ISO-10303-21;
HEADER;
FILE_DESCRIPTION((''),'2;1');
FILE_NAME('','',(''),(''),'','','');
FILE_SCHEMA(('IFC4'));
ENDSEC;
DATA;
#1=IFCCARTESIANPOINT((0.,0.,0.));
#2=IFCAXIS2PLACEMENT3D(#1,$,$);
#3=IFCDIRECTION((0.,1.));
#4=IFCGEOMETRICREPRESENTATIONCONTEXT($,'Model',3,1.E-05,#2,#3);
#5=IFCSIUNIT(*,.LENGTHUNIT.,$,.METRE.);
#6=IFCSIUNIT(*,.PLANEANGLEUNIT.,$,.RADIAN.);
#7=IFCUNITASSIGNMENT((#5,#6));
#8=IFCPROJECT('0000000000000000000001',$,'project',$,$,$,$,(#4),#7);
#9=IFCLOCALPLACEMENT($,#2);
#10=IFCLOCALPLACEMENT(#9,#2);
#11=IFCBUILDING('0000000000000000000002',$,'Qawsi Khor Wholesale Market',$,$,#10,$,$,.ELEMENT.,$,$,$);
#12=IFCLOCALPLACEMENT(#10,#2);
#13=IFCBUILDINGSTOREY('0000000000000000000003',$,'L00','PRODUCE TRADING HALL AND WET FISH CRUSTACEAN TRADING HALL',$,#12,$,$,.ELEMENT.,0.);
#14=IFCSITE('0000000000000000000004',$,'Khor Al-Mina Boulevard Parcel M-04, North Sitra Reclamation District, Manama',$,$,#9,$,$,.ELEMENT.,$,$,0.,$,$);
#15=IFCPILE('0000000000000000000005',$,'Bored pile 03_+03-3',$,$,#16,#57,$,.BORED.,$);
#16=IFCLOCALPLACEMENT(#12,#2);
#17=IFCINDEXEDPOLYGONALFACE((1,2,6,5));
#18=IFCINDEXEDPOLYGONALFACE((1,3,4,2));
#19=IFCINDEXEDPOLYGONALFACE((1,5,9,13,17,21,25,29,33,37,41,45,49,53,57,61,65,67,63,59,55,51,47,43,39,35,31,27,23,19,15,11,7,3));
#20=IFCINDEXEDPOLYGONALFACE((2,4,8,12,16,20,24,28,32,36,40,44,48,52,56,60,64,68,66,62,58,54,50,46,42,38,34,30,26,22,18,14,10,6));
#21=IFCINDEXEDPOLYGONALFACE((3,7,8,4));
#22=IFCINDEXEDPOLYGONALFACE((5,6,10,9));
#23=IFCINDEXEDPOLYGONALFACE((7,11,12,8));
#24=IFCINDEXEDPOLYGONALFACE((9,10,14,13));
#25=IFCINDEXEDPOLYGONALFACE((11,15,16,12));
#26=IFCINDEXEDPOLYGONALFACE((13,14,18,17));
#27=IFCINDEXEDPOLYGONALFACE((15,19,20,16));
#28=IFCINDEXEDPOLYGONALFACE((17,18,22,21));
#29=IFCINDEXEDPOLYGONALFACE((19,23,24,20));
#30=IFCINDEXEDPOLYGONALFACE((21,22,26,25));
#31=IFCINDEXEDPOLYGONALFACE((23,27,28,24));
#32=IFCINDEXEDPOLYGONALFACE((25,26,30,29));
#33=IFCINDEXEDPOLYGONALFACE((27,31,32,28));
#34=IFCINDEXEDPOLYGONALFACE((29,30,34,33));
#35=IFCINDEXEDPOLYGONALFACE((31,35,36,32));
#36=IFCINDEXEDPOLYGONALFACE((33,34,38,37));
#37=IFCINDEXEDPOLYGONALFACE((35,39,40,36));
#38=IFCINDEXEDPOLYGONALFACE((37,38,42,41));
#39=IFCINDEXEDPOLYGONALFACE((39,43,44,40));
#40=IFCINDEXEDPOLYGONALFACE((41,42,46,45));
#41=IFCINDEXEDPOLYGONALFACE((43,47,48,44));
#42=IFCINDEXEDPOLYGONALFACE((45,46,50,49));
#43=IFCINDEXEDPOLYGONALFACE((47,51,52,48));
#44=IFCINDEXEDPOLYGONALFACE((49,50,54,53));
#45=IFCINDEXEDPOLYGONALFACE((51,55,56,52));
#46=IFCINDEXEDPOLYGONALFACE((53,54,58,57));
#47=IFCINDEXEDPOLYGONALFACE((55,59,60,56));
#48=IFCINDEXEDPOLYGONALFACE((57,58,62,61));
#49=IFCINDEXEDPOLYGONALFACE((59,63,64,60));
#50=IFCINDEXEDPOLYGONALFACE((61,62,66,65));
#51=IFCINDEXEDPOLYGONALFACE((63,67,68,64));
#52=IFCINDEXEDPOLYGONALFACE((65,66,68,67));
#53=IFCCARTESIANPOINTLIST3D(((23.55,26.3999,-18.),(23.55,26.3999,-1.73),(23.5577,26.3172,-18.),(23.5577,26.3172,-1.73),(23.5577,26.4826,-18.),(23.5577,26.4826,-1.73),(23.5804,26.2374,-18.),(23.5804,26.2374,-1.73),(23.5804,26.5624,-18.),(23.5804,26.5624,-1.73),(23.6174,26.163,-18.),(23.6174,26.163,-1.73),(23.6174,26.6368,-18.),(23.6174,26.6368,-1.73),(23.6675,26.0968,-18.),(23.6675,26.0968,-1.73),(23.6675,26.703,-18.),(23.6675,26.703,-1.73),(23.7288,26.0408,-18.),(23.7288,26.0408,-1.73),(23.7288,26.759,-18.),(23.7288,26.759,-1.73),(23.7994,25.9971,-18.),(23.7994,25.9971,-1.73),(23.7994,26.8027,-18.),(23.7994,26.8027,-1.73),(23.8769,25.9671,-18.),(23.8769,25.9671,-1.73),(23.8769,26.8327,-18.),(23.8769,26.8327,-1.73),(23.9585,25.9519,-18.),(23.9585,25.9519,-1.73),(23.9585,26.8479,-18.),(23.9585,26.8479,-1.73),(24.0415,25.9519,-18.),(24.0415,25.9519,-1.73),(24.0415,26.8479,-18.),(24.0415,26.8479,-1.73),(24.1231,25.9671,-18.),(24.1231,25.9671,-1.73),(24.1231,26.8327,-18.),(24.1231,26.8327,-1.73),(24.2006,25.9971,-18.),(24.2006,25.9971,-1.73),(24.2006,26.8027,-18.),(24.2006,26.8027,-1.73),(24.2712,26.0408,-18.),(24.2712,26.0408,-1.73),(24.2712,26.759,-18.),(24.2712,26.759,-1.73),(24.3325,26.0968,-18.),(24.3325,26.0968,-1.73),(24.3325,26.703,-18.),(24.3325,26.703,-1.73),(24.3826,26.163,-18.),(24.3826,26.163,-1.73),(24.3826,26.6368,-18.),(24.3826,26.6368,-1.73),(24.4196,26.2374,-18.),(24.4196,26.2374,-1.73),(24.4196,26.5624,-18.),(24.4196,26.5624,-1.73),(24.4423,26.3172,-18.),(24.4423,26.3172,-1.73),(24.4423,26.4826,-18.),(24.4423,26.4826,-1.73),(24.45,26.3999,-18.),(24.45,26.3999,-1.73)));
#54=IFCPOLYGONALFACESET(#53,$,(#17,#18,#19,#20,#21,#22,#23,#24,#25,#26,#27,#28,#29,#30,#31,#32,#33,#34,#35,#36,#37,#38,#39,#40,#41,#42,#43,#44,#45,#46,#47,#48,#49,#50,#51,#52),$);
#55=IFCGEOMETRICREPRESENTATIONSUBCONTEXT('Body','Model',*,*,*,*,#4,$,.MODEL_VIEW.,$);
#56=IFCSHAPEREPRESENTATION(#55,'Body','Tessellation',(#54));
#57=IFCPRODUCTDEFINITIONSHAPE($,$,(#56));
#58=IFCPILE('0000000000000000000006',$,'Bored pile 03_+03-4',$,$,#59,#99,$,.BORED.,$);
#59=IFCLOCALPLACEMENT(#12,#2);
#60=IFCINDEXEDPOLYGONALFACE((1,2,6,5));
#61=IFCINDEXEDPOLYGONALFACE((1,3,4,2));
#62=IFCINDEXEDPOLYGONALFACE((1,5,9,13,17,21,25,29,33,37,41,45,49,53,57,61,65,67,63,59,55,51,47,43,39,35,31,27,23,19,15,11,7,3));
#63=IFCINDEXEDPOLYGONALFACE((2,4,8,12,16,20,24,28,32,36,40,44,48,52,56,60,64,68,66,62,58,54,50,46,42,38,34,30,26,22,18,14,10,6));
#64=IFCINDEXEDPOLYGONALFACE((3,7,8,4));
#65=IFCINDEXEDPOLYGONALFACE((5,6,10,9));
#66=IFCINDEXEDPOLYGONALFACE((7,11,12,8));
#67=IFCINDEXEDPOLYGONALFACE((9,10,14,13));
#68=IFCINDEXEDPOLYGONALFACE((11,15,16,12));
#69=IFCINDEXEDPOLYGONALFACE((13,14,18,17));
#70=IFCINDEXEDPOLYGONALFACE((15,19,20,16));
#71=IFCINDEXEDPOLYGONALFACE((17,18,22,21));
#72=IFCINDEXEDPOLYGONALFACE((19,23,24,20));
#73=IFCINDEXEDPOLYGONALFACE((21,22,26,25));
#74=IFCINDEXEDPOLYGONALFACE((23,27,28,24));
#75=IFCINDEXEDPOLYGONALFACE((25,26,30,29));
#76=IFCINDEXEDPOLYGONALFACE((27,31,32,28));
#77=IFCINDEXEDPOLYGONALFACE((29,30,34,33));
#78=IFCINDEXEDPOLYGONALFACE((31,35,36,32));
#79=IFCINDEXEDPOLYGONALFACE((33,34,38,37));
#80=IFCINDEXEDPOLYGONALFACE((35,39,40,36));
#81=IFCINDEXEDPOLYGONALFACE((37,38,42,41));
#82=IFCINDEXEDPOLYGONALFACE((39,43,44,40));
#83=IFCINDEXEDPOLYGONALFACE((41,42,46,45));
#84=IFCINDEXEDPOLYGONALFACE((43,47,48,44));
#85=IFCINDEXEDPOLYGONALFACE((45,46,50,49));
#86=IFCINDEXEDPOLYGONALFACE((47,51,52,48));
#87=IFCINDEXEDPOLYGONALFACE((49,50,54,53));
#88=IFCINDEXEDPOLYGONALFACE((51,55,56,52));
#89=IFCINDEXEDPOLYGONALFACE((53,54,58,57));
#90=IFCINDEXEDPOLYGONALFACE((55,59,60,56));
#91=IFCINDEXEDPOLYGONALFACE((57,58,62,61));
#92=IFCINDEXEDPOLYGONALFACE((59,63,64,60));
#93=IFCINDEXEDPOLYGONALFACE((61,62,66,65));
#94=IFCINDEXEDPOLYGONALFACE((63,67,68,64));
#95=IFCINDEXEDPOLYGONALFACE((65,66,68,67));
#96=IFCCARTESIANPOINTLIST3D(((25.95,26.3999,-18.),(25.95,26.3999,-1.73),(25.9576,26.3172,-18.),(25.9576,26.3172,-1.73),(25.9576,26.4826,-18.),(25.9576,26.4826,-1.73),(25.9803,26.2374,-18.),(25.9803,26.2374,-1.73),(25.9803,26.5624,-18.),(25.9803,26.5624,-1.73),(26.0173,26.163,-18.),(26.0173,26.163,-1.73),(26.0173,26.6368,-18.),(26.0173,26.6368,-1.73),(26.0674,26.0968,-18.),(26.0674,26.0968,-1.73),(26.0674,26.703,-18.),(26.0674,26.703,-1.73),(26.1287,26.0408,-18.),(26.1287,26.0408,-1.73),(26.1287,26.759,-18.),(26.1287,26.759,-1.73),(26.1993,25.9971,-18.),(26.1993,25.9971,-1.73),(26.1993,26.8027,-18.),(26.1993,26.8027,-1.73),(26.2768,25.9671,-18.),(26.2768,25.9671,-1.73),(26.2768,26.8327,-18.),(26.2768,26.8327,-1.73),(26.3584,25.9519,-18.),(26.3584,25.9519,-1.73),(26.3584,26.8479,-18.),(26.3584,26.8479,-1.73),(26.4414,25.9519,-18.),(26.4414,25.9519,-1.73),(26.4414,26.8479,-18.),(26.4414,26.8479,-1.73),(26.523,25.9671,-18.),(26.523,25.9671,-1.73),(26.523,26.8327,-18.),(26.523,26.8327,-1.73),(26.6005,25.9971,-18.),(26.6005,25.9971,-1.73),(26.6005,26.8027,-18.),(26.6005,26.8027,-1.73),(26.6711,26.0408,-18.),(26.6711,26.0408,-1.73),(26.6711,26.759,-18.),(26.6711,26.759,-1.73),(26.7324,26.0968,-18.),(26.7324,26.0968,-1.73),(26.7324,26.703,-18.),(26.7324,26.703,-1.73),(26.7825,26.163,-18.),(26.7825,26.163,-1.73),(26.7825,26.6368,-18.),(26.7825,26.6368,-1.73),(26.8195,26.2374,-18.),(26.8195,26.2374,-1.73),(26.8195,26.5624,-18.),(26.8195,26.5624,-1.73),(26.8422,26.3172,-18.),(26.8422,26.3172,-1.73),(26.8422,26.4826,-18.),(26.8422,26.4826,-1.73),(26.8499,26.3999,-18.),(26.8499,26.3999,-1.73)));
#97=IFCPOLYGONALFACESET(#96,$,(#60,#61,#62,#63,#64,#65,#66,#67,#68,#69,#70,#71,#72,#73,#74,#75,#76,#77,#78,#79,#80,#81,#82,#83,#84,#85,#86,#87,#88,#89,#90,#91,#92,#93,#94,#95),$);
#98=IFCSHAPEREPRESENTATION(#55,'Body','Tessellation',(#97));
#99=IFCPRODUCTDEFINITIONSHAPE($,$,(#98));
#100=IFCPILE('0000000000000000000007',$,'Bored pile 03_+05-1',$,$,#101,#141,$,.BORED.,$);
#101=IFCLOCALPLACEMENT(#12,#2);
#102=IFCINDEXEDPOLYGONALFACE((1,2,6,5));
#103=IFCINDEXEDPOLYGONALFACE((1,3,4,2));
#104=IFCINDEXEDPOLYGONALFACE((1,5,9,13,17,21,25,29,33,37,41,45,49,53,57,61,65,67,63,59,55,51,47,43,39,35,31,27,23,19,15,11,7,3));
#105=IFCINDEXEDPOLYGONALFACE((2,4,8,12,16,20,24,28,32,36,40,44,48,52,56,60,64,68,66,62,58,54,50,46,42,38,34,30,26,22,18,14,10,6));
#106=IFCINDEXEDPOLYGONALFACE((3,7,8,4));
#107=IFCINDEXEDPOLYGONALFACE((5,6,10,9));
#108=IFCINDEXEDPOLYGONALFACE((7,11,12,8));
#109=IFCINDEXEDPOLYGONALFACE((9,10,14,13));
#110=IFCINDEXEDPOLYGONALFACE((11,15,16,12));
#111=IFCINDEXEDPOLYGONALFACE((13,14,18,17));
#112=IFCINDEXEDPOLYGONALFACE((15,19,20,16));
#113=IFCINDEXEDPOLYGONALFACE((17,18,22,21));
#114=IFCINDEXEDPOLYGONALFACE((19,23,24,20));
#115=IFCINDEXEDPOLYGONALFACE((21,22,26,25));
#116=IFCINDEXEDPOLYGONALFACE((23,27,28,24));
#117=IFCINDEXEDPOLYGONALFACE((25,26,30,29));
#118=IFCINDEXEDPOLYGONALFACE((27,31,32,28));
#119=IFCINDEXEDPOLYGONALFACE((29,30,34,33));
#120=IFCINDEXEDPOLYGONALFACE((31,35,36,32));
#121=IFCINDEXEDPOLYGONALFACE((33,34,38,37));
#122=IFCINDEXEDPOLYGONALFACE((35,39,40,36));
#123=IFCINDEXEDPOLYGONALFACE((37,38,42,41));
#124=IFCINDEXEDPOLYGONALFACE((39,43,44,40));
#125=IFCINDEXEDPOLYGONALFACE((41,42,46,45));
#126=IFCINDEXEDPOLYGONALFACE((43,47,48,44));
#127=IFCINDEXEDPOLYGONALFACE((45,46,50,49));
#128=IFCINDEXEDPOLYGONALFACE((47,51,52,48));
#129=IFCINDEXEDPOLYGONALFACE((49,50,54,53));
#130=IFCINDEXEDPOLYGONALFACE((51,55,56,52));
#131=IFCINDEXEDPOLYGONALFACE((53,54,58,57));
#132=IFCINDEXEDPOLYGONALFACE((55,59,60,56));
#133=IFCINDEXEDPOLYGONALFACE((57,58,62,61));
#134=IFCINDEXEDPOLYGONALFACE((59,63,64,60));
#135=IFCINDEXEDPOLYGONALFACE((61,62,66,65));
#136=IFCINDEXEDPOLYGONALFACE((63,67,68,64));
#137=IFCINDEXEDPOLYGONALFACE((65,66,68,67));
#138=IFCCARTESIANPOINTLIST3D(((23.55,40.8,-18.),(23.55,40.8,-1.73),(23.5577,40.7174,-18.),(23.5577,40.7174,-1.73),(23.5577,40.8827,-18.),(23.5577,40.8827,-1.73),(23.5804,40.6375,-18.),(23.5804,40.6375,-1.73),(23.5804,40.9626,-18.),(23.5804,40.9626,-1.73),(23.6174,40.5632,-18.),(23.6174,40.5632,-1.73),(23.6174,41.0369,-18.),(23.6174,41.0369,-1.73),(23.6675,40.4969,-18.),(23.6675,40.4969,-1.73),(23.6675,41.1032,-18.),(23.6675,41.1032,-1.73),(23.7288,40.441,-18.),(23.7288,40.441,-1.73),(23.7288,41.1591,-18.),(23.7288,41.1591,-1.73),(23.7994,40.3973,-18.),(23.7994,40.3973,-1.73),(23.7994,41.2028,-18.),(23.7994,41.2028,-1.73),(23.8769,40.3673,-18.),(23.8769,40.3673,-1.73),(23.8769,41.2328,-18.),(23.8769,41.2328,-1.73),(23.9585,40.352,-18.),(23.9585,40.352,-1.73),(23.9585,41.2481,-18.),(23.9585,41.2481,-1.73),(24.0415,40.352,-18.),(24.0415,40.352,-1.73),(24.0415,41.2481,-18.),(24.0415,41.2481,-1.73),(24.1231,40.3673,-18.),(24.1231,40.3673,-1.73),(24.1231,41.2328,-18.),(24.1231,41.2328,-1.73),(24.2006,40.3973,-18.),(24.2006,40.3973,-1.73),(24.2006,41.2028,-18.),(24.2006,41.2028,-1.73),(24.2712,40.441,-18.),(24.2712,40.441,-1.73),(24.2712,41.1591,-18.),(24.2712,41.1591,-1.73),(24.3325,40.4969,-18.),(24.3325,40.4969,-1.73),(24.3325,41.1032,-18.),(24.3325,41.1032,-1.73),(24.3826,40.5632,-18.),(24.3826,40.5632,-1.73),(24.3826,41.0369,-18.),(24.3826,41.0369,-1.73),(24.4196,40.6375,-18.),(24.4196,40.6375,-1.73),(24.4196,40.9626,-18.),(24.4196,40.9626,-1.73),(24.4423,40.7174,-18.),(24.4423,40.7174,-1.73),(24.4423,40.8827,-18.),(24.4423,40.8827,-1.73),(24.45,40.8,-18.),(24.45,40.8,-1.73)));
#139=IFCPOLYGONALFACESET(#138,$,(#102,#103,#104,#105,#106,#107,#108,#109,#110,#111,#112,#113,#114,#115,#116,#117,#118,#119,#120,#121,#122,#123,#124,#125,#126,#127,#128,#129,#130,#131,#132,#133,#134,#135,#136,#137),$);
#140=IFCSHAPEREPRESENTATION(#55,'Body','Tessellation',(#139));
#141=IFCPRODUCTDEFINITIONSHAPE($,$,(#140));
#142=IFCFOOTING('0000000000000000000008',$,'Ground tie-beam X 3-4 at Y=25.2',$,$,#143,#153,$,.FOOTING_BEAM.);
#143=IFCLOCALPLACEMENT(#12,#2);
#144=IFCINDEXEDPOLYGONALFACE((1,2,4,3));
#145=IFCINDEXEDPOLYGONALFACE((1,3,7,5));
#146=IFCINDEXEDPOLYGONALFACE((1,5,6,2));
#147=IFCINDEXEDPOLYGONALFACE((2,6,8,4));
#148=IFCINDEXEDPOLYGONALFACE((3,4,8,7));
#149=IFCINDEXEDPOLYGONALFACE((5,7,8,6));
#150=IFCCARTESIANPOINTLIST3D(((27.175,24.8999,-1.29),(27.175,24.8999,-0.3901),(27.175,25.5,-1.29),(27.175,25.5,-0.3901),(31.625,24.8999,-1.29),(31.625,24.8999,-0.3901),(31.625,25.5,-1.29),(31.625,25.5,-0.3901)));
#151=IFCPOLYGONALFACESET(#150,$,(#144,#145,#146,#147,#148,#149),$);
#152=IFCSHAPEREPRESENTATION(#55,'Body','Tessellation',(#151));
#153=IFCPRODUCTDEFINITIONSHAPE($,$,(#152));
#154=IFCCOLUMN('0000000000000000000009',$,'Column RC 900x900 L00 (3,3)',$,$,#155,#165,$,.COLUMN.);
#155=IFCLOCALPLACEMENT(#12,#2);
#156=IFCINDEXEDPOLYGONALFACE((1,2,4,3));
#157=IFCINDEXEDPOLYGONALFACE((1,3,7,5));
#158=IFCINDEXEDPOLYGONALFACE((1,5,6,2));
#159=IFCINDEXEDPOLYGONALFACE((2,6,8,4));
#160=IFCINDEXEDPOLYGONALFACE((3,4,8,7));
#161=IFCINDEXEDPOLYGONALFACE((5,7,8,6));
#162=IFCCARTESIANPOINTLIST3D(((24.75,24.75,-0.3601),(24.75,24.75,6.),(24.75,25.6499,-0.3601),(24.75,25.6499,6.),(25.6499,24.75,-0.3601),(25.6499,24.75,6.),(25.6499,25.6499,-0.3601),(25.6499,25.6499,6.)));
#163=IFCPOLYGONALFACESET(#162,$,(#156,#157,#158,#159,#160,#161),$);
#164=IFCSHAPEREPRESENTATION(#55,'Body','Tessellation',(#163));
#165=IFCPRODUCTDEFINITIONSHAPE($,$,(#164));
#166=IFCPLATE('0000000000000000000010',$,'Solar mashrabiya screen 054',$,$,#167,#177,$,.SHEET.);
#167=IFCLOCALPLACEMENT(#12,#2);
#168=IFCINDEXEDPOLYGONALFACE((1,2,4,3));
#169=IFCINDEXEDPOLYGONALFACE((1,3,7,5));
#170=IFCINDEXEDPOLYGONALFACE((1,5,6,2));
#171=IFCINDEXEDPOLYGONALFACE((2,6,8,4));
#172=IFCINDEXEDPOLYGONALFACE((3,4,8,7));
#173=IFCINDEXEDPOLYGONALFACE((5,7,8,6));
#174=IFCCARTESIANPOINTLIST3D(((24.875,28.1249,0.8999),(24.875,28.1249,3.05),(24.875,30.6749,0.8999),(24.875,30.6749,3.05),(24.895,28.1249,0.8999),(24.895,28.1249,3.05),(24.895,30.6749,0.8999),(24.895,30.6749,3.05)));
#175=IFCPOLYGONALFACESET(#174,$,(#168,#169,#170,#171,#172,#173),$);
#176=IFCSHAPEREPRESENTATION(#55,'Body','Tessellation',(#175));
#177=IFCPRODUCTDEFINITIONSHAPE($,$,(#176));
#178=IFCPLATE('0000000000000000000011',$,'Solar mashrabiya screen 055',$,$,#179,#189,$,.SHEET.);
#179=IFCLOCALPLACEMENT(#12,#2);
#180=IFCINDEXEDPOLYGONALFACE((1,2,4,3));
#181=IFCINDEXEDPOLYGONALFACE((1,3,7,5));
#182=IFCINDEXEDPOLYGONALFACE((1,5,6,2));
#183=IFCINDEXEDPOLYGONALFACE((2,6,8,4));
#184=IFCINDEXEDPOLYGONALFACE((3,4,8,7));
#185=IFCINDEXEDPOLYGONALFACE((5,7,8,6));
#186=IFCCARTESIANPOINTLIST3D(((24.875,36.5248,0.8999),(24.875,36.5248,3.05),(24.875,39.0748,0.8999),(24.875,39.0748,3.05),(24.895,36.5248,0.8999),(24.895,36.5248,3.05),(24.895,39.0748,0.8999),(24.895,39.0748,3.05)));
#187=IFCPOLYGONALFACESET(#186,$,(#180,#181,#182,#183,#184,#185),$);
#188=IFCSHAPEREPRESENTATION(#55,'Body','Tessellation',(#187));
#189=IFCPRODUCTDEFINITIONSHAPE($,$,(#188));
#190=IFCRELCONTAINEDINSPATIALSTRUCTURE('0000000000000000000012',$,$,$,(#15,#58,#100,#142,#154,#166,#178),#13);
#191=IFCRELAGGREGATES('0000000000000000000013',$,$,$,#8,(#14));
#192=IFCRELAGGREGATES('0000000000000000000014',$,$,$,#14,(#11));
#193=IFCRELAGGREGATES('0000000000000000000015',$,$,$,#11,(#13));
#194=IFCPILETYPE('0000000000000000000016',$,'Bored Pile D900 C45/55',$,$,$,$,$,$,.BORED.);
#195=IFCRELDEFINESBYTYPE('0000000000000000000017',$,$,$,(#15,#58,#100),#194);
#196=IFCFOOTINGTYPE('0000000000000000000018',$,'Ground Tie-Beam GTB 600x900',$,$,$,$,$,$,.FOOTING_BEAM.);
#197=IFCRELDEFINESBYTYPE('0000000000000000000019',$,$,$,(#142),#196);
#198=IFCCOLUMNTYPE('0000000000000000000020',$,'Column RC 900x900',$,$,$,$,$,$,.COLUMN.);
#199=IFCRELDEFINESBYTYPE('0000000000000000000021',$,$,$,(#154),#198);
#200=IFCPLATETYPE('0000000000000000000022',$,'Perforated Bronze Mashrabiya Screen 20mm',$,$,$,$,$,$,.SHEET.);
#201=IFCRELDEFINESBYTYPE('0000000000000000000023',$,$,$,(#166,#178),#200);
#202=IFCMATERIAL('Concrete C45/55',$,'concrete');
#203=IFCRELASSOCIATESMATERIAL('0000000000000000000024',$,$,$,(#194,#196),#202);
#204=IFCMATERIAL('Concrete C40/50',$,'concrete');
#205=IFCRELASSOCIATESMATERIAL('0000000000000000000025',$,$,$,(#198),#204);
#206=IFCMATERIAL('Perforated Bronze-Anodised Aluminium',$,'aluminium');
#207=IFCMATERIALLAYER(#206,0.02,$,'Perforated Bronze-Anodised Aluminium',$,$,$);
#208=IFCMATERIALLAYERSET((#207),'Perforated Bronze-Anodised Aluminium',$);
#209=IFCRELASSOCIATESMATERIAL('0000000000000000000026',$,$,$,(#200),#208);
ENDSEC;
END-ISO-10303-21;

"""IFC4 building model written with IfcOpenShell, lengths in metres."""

from ifc_helpers import new_model, si_unit, direction, frame, frame_2d, origin, origin_2d, place, context, subcontext, project, spatial, rectangle, circle, extrude, material, layer, layer_set, material_profile, profile_set, type_object, element, save


model = new_model("IFC4")

# Units and contexts
model_context = context("Model", 3, precision=1e-05, world=origin(), true_north=direction((0.0, 1.0)))
body_context = subcontext(model_context, "Body", "Model", "MODEL_VIEW")
ifc_project = project(units=[si_unit("LENGTHUNIT", "METRE"), si_unit("PLANEANGLEUNIT", "RADIAN")], contexts=[model_context])

# Site, building, storey
site_placement = place(None, origin())
site = spatial("IfcSite", under=ifc_project, at=site_placement, Name="Khor Al-Mina Boulevard Parcel M-04, North Sitra Reclamation District, Manama", CompositionType="ELEMENT", RefElevation=0.0)
building_placement = place(site_placement, origin())
building = spatial("IfcBuilding", under=site, at=building_placement, Name="Qawsi Khor Wholesale Market", CompositionType="ELEMENT")
storey_placement = place(building_placement, origin())
storey = spatial("IfcBuildingStorey", under=building, at=storey_placement, Name="L00", Description="PRODUCE TRADING HALL AND WET FISH CRUSTACEAN TRADING HALL", CompositionType="ELEMENT", Elevation=0.0)

# Piles
ifc_material_1 = material(Name="Concrete C45/55", Category="concrete")
ifc_material_profile_1 = material_profile(ifc_material_1, circle(Radius=0.45, at=origin_2d()), Name="PILE D900")
ifc_profile_set_1 = profile_set([ifc_material_profile_1], Name="Concrete C45/55")
pile_type = type_object("IfcPileType", Name="Bored Pile D900 C45/55", PredefinedType="BORED", material=ifc_profile_set_1)
for number, where, z_axis, x_axis, name in (
    (1, (24.0, 26.3999, -1.73), (0.0, 0.0, -1.0), (1.0, 0.0, 0.0), "Bored pile 03_+03-3"),
    (2, (26.3999, 26.3999, -1.73), (0.0, 0.0, -1.0), (1.0, 0.0, 0.0), "Bored pile 03_+03-4"),
    (3, (24.0, 40.8, -1.73), (0.0, 0.0, -1.0), (1.0, 0.0, 0.0), "Bored pile 03_+05-1"),
):
    element("IfcPile", number, at=place(storey_placement, frame(where, z_axis=z_axis, x_axis=x_axis)), inside=storey, type_object=pile_type, Name=name, PredefinedType="BORED", context=body_context, shape_type="SweptSolid", body=[
        extrude(circle(Radius=0.45, at=origin_2d()), origin(), (0.0, 0.0, 1.0), 16.27),
    ])

# Footing
ifc_material_profile_2 = material_profile(ifc_material_1, rectangle(XDim=0.6001, YDim=0.8999, at=origin_2d()), Name="RC 600x900")
ifc_profile_set_2 = profile_set([ifc_material_profile_2], Name="Concrete C45/55")
footing_type = type_object("IfcFootingType", Name="Ground Tie-Beam GTB 600x900", PredefinedType="FOOTING_BEAM", material=ifc_profile_set_2)
footing_placement = place(storey_placement, frame((27.175, 25.2, -0.8401), z_axis=(1.0, 0.0, 0.0), x_axis=(0.0, 1.0, 0.0)))
element("IfcFooting", 4, at=footing_placement, inside=storey, type_object=footing_type, Name="Ground tie-beam X 3-4 at Y=25.2", PredefinedType="FOOTING_BEAM", context=body_context, shape_type="SweptSolid", body=[
    extrude(rectangle(XDim=0.6001, YDim=0.8999, at=origin_2d()), origin(), (0.0, 0.0, 1.0), 4.45),
])

# Column
ifc_material_2 = material(Name="Concrete C40/50", Category="concrete")
ifc_material_profile_3 = material_profile(ifc_material_2, rectangle(XDim=0.8999, YDim=0.8999, at=origin_2d()), Name="RC 900x900")
ifc_profile_set_3 = profile_set([ifc_material_profile_3], Name="Concrete C40/50")
column_type = type_object("IfcColumnType", Name="Column RC 900x900", PredefinedType="COLUMN", material=ifc_profile_set_3)
column_placement = place(storey_placement, frame((25.2, 25.2, -0.3601), z_axis=(0.0, 0.0, 1.0), x_axis=(1.0, 0.0, 0.0)))
element("IfcColumn", 5, at=column_placement, inside=storey, type_object=column_type, Name="Column RC 900x900 L00 (3,3)", PredefinedType="COLUMN", context=body_context, shape_type="SweptSolid", body=[
    extrude(rectangle(XDim=0.8999, YDim=0.8999, at=origin_2d()), origin(), (0.0, 0.0, 1.0), 6.3601),
])

# Plates
ifc_material_3 = material(Name="Perforated Bronze-Anodised Aluminium", Category="aluminium")
ifc_layer_1 = layer(ifc_material_3, 0.02, Name="Perforated Bronze-Anodised Aluminium")
ifc_layer_set_1 = layer_set([ifc_layer_1], Name="Perforated Bronze-Anodised Aluminium")
plate_type = type_object("IfcPlateType", Name="Perforated Bronze Mashrabiya Screen 20mm", PredefinedType="SHEET", material=ifc_layer_set_1)
for number, where, z_axis, x_axis, name in (
    (6, (24.885, 28.125, 0.8999), (0.0, 0.0, 1.0), (0.0, 1.0, 0.0), "Solar mashrabiya screen 054"),
    (7, (24.885, 36.5249, 0.8999), (0.0, 0.0, 1.0), (0.0, 1.0, 0.0), "Solar mashrabiya screen 055"),
):
    element("IfcPlate", number, at=place(storey_placement, frame(where, z_axis=z_axis, x_axis=x_axis)), inside=storey, type_object=plate_type, Name=name, PredefinedType="SHEET", context=body_context, shape_type="SweptSolid", body=[
        extrude(rectangle(XDim=2.55, YDim=0.02, at=frame_2d((1.2749, 0.0))), origin(), (0.0, 0.0, 1.0), 2.1501),
    ])

save(model, "model.ifc")
